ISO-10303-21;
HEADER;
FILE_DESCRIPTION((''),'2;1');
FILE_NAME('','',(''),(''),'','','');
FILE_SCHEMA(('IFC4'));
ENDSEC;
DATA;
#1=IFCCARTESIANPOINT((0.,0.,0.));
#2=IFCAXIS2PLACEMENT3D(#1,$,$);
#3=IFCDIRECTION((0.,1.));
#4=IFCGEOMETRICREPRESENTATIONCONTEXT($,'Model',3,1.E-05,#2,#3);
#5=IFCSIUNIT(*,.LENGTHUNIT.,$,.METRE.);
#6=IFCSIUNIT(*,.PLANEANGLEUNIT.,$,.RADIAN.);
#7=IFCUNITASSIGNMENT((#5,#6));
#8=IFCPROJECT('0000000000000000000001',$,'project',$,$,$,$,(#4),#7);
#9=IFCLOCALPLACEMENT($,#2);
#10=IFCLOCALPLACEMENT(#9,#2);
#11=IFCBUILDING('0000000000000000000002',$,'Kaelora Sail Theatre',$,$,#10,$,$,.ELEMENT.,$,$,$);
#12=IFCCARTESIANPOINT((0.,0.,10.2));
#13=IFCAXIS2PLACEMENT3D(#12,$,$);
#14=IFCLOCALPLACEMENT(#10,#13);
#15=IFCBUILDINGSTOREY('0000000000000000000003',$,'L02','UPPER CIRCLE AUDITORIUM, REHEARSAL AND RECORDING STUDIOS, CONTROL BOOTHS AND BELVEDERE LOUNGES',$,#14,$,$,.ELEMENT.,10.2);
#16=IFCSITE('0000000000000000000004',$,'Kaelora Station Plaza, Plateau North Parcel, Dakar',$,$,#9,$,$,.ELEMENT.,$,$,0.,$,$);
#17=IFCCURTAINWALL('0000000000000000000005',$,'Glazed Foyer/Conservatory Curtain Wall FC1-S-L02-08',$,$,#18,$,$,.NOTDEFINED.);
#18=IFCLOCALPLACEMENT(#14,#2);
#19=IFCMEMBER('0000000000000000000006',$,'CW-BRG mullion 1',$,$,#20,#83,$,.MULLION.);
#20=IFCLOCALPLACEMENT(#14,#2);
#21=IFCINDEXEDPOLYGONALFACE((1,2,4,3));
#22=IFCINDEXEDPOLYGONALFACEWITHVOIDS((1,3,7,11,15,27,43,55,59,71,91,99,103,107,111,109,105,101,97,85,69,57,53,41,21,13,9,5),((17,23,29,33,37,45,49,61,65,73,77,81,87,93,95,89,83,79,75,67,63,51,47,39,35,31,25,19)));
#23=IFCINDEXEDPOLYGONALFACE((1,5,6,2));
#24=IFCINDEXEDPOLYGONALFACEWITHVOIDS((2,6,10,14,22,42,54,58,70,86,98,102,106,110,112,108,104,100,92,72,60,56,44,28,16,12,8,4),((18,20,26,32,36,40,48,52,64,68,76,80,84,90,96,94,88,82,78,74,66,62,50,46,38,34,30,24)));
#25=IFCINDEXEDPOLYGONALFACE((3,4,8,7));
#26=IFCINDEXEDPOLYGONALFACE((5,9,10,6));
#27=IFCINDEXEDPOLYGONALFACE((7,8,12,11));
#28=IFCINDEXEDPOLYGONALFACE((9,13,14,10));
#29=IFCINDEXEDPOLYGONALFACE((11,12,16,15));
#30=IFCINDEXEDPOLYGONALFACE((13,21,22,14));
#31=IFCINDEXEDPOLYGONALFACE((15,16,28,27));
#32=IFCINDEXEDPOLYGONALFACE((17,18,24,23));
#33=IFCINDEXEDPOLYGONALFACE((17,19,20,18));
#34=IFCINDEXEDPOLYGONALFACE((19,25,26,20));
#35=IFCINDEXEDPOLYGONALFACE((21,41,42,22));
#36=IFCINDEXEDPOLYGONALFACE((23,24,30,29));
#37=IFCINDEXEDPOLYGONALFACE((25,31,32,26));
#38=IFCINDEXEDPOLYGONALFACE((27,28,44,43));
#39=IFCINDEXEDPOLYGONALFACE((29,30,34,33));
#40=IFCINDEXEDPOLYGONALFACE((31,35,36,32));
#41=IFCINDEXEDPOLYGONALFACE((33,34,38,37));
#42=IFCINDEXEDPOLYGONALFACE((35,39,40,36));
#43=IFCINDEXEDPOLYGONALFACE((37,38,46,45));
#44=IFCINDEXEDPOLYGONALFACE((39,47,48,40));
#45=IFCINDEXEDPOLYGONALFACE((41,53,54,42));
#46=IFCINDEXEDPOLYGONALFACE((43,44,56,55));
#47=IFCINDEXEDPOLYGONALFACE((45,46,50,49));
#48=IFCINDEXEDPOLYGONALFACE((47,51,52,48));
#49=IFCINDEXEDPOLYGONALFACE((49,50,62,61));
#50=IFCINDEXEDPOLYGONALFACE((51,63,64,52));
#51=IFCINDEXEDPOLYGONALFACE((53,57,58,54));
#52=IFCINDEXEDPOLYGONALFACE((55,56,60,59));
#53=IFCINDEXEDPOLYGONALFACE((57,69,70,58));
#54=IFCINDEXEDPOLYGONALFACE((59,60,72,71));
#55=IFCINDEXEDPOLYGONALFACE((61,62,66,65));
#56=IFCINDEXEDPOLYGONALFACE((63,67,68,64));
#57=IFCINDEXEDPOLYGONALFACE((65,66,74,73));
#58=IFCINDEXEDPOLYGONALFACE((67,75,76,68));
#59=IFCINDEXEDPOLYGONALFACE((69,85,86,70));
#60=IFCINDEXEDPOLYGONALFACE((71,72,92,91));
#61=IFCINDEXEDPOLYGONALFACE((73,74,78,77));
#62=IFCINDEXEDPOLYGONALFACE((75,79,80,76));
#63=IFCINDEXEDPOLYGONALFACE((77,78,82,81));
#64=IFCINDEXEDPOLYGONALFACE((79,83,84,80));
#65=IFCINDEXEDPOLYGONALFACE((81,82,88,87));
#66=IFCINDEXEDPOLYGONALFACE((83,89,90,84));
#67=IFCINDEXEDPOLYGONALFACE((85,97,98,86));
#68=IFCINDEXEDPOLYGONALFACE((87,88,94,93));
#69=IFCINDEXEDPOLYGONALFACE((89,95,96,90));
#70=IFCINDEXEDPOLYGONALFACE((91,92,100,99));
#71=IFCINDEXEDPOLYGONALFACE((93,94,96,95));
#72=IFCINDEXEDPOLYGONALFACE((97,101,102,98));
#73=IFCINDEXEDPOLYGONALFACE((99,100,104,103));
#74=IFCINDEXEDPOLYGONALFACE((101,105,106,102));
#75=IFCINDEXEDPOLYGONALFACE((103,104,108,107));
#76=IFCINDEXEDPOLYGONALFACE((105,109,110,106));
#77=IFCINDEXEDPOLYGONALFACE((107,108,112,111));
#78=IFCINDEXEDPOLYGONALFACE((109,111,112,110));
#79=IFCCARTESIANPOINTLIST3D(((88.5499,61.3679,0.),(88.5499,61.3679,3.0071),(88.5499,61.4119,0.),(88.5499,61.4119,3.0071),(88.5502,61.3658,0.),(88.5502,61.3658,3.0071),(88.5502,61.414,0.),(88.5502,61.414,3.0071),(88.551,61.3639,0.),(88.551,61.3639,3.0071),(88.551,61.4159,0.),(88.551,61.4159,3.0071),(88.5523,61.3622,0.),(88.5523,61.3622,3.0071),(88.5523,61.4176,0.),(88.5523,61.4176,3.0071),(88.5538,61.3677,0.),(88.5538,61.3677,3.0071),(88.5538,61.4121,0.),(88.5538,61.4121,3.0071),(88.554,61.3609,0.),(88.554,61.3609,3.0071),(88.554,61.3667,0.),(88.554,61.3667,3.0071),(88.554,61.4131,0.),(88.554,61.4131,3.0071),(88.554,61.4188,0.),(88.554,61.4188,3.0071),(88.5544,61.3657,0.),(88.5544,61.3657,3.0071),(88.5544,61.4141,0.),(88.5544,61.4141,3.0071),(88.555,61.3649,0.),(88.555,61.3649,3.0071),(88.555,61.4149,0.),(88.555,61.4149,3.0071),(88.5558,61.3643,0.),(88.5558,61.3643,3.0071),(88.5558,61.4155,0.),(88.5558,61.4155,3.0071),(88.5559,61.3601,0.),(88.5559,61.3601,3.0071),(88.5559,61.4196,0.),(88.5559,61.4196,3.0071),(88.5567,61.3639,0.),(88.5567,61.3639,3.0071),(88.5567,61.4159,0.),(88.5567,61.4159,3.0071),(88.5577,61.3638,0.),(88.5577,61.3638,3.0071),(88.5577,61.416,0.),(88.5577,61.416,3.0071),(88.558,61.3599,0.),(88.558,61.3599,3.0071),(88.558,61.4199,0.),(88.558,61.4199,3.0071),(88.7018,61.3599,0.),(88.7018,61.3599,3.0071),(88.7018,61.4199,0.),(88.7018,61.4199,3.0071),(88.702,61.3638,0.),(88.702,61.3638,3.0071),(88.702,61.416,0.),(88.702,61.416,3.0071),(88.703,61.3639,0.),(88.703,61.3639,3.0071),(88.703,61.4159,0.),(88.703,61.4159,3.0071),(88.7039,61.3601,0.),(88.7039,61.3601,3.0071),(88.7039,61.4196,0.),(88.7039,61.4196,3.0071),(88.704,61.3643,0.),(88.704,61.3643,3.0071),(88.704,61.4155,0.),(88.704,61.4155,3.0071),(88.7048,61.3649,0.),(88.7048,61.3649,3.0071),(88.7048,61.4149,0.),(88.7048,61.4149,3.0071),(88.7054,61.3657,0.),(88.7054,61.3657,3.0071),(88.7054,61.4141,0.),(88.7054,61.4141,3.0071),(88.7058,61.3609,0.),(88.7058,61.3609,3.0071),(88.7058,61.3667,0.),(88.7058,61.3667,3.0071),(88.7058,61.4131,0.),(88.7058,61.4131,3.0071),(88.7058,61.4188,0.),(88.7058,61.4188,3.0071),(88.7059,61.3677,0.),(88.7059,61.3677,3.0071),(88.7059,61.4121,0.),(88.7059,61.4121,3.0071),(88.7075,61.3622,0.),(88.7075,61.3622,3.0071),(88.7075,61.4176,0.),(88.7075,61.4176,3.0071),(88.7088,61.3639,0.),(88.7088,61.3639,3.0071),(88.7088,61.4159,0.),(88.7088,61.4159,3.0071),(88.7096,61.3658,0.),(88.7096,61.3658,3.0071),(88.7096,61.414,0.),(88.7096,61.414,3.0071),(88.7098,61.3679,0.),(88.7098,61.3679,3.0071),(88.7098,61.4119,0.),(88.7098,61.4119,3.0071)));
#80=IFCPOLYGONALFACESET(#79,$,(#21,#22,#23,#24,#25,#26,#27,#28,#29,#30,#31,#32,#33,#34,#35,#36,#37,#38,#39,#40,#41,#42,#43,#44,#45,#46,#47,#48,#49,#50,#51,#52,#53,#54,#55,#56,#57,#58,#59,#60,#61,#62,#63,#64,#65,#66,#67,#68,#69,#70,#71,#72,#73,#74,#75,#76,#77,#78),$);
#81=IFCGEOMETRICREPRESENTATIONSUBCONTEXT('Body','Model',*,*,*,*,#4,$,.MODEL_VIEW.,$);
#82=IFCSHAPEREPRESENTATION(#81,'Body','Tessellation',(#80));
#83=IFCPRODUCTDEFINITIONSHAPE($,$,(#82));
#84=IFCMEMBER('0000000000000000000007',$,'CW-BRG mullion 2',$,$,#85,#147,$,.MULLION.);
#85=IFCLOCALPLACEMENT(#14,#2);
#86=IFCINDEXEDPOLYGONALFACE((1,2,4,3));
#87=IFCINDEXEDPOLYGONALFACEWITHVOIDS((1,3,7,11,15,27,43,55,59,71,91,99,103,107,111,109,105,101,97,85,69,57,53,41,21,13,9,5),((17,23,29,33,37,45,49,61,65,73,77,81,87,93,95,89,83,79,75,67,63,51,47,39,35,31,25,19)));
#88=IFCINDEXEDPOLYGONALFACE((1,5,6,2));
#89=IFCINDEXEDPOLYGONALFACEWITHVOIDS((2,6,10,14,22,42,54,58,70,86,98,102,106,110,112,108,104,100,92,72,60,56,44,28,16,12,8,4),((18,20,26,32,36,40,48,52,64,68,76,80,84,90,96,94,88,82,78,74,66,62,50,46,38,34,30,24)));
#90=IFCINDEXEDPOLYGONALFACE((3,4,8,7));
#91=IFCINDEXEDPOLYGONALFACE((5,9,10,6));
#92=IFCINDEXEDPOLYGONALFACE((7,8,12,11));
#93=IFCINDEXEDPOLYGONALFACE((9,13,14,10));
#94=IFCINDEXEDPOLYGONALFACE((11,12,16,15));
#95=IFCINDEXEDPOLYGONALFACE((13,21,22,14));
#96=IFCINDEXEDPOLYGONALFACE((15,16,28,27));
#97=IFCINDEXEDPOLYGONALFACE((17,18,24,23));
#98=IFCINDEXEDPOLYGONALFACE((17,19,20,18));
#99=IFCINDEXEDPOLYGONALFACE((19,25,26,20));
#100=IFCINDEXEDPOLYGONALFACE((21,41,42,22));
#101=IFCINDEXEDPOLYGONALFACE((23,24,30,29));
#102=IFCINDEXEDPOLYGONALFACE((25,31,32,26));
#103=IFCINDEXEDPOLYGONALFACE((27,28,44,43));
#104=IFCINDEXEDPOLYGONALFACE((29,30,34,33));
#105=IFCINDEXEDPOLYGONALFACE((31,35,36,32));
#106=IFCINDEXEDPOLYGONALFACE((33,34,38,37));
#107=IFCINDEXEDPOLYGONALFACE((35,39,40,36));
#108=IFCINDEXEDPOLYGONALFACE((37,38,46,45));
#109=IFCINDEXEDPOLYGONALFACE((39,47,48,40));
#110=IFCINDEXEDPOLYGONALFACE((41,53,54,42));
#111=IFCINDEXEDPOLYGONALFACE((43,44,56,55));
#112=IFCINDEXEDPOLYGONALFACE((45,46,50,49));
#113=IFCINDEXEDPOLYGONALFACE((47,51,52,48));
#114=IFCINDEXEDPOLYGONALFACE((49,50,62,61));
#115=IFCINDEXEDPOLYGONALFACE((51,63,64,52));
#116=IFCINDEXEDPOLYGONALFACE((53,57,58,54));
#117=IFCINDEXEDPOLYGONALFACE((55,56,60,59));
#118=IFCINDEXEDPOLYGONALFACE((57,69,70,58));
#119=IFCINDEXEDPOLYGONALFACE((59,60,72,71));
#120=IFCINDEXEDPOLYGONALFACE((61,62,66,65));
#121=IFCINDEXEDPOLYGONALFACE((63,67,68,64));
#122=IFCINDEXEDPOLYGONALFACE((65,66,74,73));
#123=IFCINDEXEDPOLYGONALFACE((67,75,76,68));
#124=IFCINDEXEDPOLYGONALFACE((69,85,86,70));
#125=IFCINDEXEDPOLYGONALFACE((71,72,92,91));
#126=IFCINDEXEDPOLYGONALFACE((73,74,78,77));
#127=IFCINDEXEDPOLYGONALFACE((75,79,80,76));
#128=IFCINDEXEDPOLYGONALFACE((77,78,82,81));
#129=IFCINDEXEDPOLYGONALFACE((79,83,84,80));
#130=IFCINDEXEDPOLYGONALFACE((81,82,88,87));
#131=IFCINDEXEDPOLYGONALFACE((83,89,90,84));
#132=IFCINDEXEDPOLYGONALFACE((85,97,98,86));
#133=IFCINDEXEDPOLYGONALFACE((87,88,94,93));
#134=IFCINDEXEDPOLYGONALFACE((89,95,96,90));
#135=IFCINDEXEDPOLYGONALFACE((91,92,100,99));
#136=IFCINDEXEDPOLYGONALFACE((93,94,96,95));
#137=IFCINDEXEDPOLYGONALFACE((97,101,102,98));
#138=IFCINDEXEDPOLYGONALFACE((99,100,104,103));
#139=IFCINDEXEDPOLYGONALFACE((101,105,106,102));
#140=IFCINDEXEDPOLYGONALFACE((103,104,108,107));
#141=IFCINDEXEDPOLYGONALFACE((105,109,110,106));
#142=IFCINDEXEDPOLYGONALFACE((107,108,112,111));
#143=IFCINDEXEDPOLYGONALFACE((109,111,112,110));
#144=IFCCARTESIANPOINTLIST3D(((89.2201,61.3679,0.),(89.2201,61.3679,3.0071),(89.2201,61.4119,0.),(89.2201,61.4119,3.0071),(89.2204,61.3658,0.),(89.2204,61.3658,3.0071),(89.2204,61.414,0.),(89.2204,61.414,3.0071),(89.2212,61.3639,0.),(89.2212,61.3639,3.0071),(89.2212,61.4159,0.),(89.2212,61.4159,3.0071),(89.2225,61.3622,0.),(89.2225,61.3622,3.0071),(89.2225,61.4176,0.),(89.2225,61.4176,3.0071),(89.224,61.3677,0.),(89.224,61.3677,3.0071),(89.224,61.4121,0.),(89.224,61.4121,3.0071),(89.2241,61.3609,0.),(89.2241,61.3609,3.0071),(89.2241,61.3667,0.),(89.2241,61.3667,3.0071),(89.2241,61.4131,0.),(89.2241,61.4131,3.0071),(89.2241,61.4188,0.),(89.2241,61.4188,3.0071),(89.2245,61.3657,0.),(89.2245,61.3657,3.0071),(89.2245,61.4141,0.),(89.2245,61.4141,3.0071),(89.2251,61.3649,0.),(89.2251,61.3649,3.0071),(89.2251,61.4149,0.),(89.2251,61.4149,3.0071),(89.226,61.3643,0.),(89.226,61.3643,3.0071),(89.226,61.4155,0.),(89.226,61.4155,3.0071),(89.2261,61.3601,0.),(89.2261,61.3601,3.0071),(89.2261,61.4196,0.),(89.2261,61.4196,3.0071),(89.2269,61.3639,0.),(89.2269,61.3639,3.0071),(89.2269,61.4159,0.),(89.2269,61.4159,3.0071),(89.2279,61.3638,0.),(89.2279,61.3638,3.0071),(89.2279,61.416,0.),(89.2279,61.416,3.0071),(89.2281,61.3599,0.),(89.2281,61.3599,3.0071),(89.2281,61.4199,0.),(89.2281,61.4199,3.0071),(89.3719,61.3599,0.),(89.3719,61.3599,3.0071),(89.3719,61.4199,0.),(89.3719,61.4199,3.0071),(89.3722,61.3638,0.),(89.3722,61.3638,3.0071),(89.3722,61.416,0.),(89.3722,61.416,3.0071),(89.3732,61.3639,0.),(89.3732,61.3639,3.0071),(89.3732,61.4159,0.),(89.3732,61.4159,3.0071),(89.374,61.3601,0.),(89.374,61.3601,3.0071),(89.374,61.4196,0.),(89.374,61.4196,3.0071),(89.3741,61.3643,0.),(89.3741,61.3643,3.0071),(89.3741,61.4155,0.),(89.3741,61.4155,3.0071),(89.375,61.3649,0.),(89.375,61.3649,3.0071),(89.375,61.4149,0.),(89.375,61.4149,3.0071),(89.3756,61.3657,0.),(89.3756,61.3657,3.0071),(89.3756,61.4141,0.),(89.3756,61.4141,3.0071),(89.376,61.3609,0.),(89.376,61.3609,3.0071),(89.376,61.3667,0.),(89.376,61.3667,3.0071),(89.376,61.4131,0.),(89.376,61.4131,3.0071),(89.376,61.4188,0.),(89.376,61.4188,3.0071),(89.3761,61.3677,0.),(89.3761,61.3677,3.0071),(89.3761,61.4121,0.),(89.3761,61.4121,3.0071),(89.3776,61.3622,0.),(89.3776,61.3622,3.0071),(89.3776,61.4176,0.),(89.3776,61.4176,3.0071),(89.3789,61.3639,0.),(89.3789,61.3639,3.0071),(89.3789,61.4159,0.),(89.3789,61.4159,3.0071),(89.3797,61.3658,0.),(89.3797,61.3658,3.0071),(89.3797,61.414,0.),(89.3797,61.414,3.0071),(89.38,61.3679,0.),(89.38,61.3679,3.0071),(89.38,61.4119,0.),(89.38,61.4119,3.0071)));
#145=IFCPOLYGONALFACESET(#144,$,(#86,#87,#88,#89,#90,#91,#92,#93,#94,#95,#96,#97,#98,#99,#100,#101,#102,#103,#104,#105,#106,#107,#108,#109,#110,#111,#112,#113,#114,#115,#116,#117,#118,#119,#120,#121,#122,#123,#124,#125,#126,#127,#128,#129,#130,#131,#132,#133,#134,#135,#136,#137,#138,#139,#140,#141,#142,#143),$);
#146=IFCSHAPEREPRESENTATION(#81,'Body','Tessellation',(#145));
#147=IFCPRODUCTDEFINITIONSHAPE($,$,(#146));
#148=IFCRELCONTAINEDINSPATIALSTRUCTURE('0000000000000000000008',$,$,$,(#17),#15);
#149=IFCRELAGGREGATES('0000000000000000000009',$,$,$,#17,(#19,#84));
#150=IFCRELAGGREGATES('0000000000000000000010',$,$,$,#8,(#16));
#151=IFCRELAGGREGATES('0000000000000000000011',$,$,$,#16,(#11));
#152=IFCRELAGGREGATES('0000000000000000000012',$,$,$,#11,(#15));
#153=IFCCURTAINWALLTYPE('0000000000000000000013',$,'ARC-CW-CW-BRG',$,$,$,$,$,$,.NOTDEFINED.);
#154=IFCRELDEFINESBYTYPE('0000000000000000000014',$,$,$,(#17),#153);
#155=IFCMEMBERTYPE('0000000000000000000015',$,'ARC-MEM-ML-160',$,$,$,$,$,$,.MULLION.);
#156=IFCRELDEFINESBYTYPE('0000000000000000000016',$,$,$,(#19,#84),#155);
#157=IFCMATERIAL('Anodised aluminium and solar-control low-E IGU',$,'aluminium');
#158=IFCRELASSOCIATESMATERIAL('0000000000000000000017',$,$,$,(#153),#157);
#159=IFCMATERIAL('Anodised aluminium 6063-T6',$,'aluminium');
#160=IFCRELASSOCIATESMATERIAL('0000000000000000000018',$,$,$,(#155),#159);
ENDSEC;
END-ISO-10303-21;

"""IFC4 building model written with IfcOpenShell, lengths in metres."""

from ifc_helpers import new_model, si_unit, direction, frame, origin, origin_2d, place, context, subcontext, project, spatial, hollow_rectangle, extrude, material, material_profile, profile_set, type_object, element, aggregate, save


model = new_model("IFC4")

# Units and contexts
model_context = context("Model", 3, precision=1e-05, world=origin(), true_north=direction((0.0, 1.0)))
body_context = subcontext(model_context, "Body", "Model", "MODEL_VIEW")
ifc_project = project(units=[si_unit("LENGTHUNIT", "METRE"), si_unit("PLANEANGLEUNIT", "RADIAN")], contexts=[model_context])

# Site, building, storey
site_placement = place(None, origin())
site = spatial("IfcSite", under=ifc_project, at=site_placement, Name="Kaelora Station Plaza, Plateau North Parcel, Dakar", CompositionType="ELEMENT", RefElevation=0.0)
building_placement = place(site_placement, origin())
building = spatial("IfcBuilding", under=site, at=building_placement, Name="Kaelora Sail Theatre", CompositionType="ELEMENT")
storey_placement = place(building_placement, frame((0.0, 0.0, 10.2)))
storey = spatial("IfcBuildingStorey", under=building, at=storey_placement, Name="L02", Description="UPPER CIRCLE AUDITORIUM, REHEARSAL AND RECORDING STUDIOS, CONTROL BOOTHS AND BELVEDERE LOUNGES", CompositionType="ELEMENT", Elevation=10.2)

# Curtain wall, members
ifc_material_1 = material(Name="Anodised aluminium and solar-control low-E IGU", Category="aluminium")
curtain_wall_type = type_object("IfcCurtainWallType", Name="ARC-CW-CW-BRG", PredefinedType="NOTDEFINED", material=ifc_material_1)
ifc_material_2 = material(Name="Anodised aluminium 6063-T6", Category="aluminium")
ifc_material_profile_1 = material_profile(ifc_material_2, hollow_rectangle(XDim=0.0601, YDim=0.1599, WallThickness=0.0039, InnerFilletRadius=0.0039, OuterFilletRadius=0.0081, at=origin_2d()), Name="ALU-MULL 60x160x4")
ifc_profile_set_1 = profile_set([ifc_material_profile_1], Name="Anodised aluminium 6063-T6")
member_type_1 = type_object("IfcMemberType", Name="ARC-MEM-ML-160", PredefinedType="MULLION", material=ifc_profile_set_1)
curtain_wall_1_placement = place(storey_placement, origin())
curtain_wall_1 = element("IfcCurtainWall", 1, at=curtain_wall_1_placement, inside=storey, type_object=curtain_wall_type, Name="Glazed Foyer/Conservatory Curtain Wall FC1-S-L02-08", PredefinedType="NOTDEFINED")
member_1_placement = place(storey_placement, frame((88.6299, 61.3899, 0.0), z_axis=(0.0, 0.0, 1.0), x_axis=(0.0, 1.0, 0.0)))
member_1 = element("IfcMember", 2, at=member_1_placement, type_object=member_type_1, Name="CW-BRG mullion 1", PredefinedType="MULLION", context=body_context, shape_type="SweptSolid", body=[
    extrude(hollow_rectangle(XDim=0.0601, YDim=0.1599, WallThickness=0.0039, InnerFilletRadius=0.0039, OuterFilletRadius=0.0081, at=origin_2d()), origin(), (0.0, 0.0, 1.0), 3.0071),
])
member_2_placement = place(storey_placement, frame((89.3, 61.3899, 0.0), z_axis=(0.0, 0.0, 1.0), x_axis=(0.0, 1.0, 0.0)))
member_2 = element("IfcMember", 3, at=member_2_placement, type_object=member_type_1, Name="CW-BRG mullion 2", PredefinedType="MULLION", context=body_context, shape_type="SweptSolid", body=[
    extrude(hollow_rectangle(XDim=0.0601, YDim=0.1599, WallThickness=0.0039, InnerFilletRadius=0.0039, OuterFilletRadius=0.0081, at=origin_2d()), origin(), (0.0, 0.0, 1.0), 3.0071),
])

aggregate(curtain_wall_1, [member_1, member_2])

save(model, "model.ifc")
